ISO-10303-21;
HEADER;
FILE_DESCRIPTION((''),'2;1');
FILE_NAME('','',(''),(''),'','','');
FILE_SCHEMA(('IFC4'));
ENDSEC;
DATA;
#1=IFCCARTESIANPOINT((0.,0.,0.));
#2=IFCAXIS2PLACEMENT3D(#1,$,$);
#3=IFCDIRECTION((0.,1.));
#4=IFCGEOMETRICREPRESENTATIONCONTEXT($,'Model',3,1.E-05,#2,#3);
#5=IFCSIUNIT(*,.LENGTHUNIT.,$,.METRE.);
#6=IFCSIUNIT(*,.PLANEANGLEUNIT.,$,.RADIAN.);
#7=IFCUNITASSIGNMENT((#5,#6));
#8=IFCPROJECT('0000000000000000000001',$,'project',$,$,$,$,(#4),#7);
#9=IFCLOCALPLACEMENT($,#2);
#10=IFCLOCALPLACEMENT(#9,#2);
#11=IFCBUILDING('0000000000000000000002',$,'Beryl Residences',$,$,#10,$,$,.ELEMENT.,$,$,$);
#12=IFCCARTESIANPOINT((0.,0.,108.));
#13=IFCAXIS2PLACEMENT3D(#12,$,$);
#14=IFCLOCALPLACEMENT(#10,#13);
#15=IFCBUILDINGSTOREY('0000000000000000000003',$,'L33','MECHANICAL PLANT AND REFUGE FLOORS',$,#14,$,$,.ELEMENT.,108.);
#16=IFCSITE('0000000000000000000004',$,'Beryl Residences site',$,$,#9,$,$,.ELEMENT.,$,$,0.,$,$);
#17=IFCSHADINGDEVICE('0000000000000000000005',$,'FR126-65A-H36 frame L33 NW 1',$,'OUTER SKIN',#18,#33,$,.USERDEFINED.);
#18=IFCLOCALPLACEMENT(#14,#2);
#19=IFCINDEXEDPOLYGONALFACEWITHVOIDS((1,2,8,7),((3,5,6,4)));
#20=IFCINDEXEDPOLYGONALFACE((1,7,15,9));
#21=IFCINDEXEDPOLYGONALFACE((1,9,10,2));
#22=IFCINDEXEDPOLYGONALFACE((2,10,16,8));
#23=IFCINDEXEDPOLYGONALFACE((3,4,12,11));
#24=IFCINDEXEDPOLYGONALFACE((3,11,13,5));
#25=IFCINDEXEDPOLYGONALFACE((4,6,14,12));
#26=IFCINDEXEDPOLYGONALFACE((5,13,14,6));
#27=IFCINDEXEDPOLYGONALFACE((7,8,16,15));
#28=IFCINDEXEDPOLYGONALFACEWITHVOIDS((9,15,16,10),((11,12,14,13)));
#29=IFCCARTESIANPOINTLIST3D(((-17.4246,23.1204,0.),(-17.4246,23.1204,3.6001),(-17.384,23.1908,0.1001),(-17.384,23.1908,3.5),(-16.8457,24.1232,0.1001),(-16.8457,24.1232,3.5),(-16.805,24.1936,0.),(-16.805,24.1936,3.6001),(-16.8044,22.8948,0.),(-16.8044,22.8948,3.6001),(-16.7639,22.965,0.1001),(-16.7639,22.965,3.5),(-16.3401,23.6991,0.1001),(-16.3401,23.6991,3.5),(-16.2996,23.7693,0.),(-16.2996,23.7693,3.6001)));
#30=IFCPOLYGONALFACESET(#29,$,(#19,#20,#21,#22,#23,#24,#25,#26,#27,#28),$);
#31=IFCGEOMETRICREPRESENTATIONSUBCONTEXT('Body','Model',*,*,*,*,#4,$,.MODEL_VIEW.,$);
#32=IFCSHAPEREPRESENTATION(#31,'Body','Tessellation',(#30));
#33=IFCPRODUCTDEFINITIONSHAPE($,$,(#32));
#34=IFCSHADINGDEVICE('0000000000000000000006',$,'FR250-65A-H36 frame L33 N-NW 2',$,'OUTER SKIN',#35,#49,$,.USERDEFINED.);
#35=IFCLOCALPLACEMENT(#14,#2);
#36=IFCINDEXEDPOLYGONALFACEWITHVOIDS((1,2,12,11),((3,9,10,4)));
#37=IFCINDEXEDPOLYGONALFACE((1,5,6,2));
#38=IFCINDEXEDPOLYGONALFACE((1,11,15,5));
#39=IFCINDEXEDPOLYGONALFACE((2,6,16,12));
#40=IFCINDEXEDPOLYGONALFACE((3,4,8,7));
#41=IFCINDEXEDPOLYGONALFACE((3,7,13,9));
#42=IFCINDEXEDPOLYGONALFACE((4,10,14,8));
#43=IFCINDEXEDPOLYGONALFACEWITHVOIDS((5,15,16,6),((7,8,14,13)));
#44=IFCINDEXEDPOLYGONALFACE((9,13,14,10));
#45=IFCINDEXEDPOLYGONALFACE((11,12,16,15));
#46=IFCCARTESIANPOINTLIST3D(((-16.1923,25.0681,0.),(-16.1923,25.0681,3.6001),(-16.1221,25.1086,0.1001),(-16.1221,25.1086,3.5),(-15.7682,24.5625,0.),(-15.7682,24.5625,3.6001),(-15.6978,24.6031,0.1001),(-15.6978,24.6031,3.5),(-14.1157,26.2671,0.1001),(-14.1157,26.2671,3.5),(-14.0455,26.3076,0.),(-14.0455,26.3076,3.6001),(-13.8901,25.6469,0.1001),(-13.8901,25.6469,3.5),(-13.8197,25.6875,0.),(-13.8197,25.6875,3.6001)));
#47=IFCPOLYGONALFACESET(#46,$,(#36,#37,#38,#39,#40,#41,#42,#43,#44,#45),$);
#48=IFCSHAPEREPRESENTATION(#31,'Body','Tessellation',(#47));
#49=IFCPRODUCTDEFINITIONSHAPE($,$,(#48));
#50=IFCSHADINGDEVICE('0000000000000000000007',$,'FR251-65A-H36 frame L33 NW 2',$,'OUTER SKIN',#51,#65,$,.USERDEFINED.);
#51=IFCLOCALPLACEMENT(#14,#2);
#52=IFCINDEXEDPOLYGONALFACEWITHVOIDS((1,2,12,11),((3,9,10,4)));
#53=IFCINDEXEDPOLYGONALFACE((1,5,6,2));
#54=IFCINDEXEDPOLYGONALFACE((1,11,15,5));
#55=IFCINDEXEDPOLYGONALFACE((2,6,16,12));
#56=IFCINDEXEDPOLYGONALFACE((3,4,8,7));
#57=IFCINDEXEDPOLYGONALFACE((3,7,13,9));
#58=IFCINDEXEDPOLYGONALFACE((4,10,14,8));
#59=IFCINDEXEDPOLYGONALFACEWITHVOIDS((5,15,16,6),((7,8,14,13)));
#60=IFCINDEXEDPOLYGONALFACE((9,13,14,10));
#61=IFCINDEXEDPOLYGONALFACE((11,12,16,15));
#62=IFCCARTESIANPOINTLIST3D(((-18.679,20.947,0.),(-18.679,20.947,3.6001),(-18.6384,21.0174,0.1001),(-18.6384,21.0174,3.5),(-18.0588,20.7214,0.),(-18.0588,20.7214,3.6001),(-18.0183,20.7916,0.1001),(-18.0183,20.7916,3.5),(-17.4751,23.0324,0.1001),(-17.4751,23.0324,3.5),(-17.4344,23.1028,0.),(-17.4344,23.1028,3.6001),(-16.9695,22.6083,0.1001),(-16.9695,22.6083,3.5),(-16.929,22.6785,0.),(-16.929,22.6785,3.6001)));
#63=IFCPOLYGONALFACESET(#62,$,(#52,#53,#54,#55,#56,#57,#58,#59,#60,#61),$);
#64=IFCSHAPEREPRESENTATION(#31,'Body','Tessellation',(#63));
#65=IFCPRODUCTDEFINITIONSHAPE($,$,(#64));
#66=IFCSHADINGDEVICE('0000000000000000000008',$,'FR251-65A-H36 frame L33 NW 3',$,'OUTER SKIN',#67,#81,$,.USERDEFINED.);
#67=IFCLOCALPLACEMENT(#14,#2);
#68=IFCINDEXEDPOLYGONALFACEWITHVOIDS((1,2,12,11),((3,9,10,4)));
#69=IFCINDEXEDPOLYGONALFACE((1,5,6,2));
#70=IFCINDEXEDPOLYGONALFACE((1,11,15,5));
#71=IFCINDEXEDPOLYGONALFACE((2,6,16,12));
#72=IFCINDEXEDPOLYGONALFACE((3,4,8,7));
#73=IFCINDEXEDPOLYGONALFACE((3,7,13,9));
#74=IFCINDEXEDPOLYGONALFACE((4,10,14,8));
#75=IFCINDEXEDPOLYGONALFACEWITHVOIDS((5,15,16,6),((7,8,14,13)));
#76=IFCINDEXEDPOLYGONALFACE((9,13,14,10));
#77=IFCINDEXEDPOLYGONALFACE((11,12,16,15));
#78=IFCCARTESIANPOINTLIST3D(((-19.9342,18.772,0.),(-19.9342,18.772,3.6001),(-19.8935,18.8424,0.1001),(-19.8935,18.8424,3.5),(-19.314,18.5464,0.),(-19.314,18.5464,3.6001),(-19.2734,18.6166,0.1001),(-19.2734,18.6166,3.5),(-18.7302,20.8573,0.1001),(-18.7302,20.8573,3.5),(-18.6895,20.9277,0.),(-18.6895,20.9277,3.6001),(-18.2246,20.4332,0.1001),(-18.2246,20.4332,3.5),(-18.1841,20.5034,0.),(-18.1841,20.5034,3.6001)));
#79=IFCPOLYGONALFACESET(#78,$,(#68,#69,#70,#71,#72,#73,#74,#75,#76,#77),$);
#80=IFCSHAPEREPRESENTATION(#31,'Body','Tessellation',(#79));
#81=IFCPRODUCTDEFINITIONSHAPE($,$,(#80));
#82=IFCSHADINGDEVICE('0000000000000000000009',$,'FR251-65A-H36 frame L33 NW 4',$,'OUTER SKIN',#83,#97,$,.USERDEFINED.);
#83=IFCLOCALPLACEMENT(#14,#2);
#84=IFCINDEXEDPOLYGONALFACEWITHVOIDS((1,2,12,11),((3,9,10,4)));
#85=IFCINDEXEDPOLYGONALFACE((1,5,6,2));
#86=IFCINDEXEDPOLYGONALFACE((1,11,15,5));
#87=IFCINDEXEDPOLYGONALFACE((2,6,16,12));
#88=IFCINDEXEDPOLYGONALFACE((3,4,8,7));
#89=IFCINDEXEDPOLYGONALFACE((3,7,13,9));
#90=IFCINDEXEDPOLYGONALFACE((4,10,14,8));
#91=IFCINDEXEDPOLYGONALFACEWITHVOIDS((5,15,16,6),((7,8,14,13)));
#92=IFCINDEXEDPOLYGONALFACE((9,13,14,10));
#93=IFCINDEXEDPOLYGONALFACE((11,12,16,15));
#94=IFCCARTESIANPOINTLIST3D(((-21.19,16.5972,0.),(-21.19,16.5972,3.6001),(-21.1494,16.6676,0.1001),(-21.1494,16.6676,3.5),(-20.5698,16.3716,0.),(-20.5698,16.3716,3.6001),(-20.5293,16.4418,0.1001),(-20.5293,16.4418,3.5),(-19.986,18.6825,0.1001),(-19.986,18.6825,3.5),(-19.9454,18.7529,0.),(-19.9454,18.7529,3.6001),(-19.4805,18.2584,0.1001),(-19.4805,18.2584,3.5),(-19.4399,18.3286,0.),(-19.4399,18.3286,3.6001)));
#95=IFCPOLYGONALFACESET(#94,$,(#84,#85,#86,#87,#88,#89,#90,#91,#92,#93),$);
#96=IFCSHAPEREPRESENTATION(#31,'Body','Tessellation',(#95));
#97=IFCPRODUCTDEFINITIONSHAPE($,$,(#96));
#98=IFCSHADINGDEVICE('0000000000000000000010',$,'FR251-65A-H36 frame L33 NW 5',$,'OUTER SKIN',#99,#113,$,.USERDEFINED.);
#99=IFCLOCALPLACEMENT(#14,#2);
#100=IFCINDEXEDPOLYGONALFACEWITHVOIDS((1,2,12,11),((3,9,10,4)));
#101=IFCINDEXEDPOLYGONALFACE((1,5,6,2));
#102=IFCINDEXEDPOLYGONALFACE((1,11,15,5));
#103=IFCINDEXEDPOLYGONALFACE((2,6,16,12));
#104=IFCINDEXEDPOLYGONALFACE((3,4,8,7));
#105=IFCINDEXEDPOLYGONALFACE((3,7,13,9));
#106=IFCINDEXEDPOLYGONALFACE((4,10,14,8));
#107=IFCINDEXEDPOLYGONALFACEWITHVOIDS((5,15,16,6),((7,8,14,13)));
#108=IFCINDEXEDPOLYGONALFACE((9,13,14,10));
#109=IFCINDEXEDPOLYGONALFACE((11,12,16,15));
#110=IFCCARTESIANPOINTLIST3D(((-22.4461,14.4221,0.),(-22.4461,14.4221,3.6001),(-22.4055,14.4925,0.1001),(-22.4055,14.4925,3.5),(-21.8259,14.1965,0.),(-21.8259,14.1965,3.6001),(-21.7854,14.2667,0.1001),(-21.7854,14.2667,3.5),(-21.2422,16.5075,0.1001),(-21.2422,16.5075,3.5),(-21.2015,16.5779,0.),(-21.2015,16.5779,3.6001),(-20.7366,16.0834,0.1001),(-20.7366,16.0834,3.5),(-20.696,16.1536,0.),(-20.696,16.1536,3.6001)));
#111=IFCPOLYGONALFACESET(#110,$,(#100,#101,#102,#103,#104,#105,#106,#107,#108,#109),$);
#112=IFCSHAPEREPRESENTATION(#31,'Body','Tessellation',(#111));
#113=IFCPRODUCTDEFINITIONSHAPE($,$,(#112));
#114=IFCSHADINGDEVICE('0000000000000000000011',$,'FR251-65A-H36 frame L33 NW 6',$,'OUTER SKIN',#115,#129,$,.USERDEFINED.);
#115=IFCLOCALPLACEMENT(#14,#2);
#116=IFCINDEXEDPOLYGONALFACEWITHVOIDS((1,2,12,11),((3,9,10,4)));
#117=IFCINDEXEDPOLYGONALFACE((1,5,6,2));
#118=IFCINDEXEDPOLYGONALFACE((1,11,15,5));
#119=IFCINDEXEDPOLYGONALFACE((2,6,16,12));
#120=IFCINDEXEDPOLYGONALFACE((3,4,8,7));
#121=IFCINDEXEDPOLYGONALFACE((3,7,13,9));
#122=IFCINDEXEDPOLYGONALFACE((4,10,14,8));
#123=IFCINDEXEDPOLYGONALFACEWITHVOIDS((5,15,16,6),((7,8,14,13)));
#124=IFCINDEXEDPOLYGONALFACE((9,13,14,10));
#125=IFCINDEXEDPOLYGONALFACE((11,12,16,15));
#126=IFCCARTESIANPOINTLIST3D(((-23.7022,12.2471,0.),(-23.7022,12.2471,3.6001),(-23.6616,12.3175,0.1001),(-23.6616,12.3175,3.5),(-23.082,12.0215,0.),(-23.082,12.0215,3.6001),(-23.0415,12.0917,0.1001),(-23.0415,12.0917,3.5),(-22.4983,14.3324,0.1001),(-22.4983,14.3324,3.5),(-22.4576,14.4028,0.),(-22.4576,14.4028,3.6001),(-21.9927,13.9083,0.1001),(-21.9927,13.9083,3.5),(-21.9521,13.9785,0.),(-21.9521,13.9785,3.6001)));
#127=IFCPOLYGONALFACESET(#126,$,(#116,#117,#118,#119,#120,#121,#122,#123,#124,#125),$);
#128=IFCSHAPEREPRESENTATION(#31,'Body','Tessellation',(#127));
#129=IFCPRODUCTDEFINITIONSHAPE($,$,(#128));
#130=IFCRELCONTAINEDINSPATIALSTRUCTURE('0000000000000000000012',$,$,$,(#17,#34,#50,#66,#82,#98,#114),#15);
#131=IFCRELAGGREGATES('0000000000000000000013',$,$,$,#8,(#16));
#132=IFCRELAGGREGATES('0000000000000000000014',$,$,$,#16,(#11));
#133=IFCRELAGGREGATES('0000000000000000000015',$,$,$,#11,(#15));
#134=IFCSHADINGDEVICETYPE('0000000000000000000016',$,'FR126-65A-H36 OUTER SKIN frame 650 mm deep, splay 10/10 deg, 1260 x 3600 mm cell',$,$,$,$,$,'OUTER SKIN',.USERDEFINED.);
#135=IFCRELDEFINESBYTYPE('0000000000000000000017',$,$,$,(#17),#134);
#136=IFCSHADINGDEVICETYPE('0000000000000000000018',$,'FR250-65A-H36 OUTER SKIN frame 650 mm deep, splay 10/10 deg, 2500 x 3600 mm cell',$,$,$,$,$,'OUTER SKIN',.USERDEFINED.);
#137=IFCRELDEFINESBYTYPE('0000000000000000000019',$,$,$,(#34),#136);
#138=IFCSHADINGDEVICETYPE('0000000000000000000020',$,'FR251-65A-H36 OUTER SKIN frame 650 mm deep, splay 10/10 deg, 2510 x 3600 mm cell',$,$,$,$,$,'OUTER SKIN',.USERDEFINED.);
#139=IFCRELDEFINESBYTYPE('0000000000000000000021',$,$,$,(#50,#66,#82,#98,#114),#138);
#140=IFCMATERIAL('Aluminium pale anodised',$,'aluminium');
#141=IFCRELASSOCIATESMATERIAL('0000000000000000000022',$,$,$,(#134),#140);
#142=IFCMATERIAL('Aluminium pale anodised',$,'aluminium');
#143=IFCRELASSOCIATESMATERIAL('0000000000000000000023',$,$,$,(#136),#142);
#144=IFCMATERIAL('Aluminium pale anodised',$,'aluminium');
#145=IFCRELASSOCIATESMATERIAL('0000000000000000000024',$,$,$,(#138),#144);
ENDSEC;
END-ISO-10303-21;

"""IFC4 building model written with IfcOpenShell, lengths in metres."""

from ifc_helpers import new_model, entity, si_unit, direction, frame, origin, place, context, subcontext, project, spatial, source, transform, mapped, material, type_object, type_shapes, element, save


model = new_model("IFC4")

# Units and contexts
model_context = context("Model", 3, precision=1e-05, world=origin(), true_north=direction((0.0, 1.0)))
body_context = subcontext(model_context, "Body", "Model", "MODEL_VIEW")
ifc_project = project(units=[si_unit("LENGTHUNIT", "METRE"), si_unit("PLANEANGLEUNIT", "RADIAN")], contexts=[model_context])

# Site, building, storey
site_placement = place(None, origin())
site = spatial("IfcSite", under=ifc_project, at=site_placement, Name="Beryl Residences site", CompositionType="ELEMENT", RefElevation=0.0)
building_placement = place(site_placement, origin())
building = spatial("IfcBuilding", under=site, at=building_placement, Name="Beryl Residences", CompositionType="ELEMENT")
storey_placement = place(building_placement, frame((0.0, 0.0, 108.0)))
storey = spatial("IfcBuildingStorey", under=building, at=storey_placement, Name="L33", Description="MECHANICAL PLANT AND REFUGE FLOORS", CompositionType="ELEMENT", Elevation=108.0)

# Shading devices
ifc_material_1 = material(Name="Aluminium pale anodised", Category="aluminium")
shading_device_type_1 = type_object("IfcShadingDeviceType", Name="FR126-65A-H36 OUTER SKIN frame 650 mm deep, splay 10/10 deg, 1260 x 3600 mm cell", ElementType="OUTER SKIN", PredefinedType="USERDEFINED", material=ifc_material_1)
cartesian_point_1 = entity("IfcCartesianPoint", [-0.5049, 0.0])
cartesian_point_2 = entity("IfcCartesianPoint", [-0.4238, 0.1001])
cartesian_point_3 = entity("IfcCartesianPoint", [-0.6196, 0.0])
cartesian_point_4 = entity("IfcCartesianPoint", [-0.5383, 0.1001])
shared_shape_1 = source(origin(), body_context, "Body", "SweptSolid", [
    entity("IfcExtrudedAreaSolidTapered", entity("IfcArbitraryProfileDefWithVoids", "AREA", None, entity("IfcPolyline", [cartesian_point_1, entity("IfcCartesianPoint", [0.5049, 0.0]), entity("IfcCartesianPoint", [0.5049, 3.6001]), entity("IfcCartesianPoint", [-0.5049, 3.6001]), cartesian_point_1]), [entity("IfcPolyline", [cartesian_point_2, entity("IfcCartesianPoint", [0.4238, 0.1001]), entity("IfcCartesianPoint", [0.4238, 3.5]), entity("IfcCartesianPoint", [-0.4238, 3.5]), cartesian_point_2])]), entity("IfcAxis2Placement3D", entity("IfcCartesianPoint", [0.0, 0.0, 0.0]), entity("IfcDirection", [0.0, 1.0, 0.0]), entity("IfcDirection", [-1.0, 0.0, 0.0])), entity("IfcDirection", [0.0, 0.0, 1.0]), 0.6499, entity("IfcArbitraryProfileDefWithVoids", "AREA", None, entity("IfcPolyline", [cartesian_point_3, entity("IfcCartesianPoint", [0.6196, 0.0]), entity("IfcCartesianPoint", [0.6196, 3.6001]), entity("IfcCartesianPoint", [-0.6196, 3.6001]), cartesian_point_3]), [entity("IfcPolyline", [cartesian_point_4, entity("IfcCartesianPoint", [0.5383, 0.1001]), entity("IfcCartesianPoint", [0.5383, 3.5]), entity("IfcCartesianPoint", [-0.5383, 3.5]), cartesian_point_4])])),
])
type_shapes(shading_device_type_1, [shared_shape_1])
shading_device_1_placement = place(storey_placement, frame((-16.552, 23.332, 0.0), z_axis=(0.0, 0.0, 1.0), x_axis=(0.5, 0.866025, 0.0)))
element("IfcShadingDevice", 1, at=shading_device_1_placement, inside=storey, type_object=shading_device_type_1, Name="FR126-65A-H36 frame L33 NW 1", ObjectType="OUTER SKIN", PredefinedType="USERDEFINED", context=body_context, shape_type="MappedRepresentation", body=[
    mapped(shared_shape_1, transform((0.0, 0.0, 0.0))),
])
ifc_material_2 = material(Name="Aluminium pale anodised", Category="aluminium")
shading_device_type_2 = type_object("IfcShadingDeviceType", Name="FR250-65A-H36 OUTER SKIN frame 650 mm deep, splay 10/10 deg, 2500 x 3600 mm cell", ElementType="OUTER SKIN", PredefinedType="USERDEFINED", material=ifc_material_2)
cartesian_point_5 = entity("IfcCartesianPoint", [-1.125, 0.0])
cartesian_point_6 = entity("IfcCartesianPoint", [-1.0437, 0.1001])
cartesian_point_7 = entity("IfcCartesianPoint", [-1.2395, 0.0])
cartesian_point_8 = entity("IfcCartesianPoint", [-1.1584, 0.1001])
shared_shape_2 = source(origin(), body_context, "Body", "SweptSolid", [
    entity("IfcExtrudedAreaSolidTapered", entity("IfcArbitraryProfileDefWithVoids", "AREA", None, entity("IfcPolyline", [cartesian_point_5, entity("IfcCartesianPoint", [1.125, 0.0]), entity("IfcCartesianPoint", [1.125, 3.6001]), entity("IfcCartesianPoint", [-1.125, 3.6001]), cartesian_point_5]), [entity("IfcPolyline", [cartesian_point_6, entity("IfcCartesianPoint", [1.0437, 0.1001]), entity("IfcCartesianPoint", [1.0437, 3.5]), entity("IfcCartesianPoint", [-1.0437, 3.5]), cartesian_point_6])]), entity("IfcAxis2Placement3D", entity("IfcCartesianPoint", [0.0, 0.0, 0.0]), entity("IfcDirection", [0.0, 1.0, 0.0]), entity("IfcDirection", [-1.0, 0.0, 0.0])), entity("IfcDirection", [0.0, 0.0, 1.0]), 0.6499, entity("IfcArbitraryProfileDefWithVoids", "AREA", None, entity("IfcPolyline", [cartesian_point_7, entity("IfcCartesianPoint", [1.2395, 0.0]), entity("IfcCartesianPoint", [1.2395, 3.6001]), entity("IfcCartesianPoint", [-1.2395, 3.6001]), cartesian_point_7]), [entity("IfcPolyline", [cartesian_point_8, entity("IfcCartesianPoint", [1.1584, 0.1001]), entity("IfcCartesianPoint", [1.1584, 3.5]), entity("IfcCartesianPoint", [-1.1584, 3.5]), cartesian_point_8])])),
])
type_shapes(shading_device_type_2, [shared_shape_2])
shading_device_2_placement = place(storey_placement, frame((-14.7939, 25.125, 0.0), z_axis=(0.0, 0.0, 1.0), x_axis=(0.866025, 0.5, 0.0)))
element("IfcShadingDevice", 2, at=shading_device_2_placement, inside=storey, type_object=shading_device_type_2, Name="FR250-65A-H36 frame L33 N-NW 2", ObjectType="OUTER SKIN", PredefinedType="USERDEFINED", context=body_context, shape_type="MappedRepresentation", body=[
    mapped(shared_shape_2, transform((0.0, 0.0, 0.0))),
])
ifc_material_3 = material(Name="Aluminium pale anodised", Category="aluminium")
shading_device_type_3 = type_object("IfcShadingDeviceType", Name="FR251-65A-H36 OUTER SKIN frame 650 mm deep, splay 10/10 deg, 2510 x 3600 mm cell", ElementType="OUTER SKIN", PredefinedType="USERDEFINED", material=ifc_material_3)
cartesian_point_9 = entity("IfcCartesianPoint", [-1.1299, 0.0])
cartesian_point_10 = entity("IfcCartesianPoint", [-1.0488, 0.1001])
cartesian_point_11 = entity("IfcCartesianPoint", [-1.2446, 0.0])
cartesian_point_12 = entity("IfcCartesianPoint", [-1.1633, 0.1001])
shared_shape_3 = source(origin(), body_context, "Body", "SweptSolid", [
    entity("IfcExtrudedAreaSolidTapered", entity("IfcArbitraryProfileDefWithVoids", "AREA", None, entity("IfcPolyline", [cartesian_point_9, entity("IfcCartesianPoint", [1.1299, 0.0]), entity("IfcCartesianPoint", [1.1299, 3.6001]), entity("IfcCartesianPoint", [-1.1299, 3.6001]), cartesian_point_9]), [entity("IfcPolyline", [cartesian_point_10, entity("IfcCartesianPoint", [1.0488, 0.1001]), entity("IfcCartesianPoint", [1.0488, 3.5]), entity("IfcCartesianPoint", [-1.0488, 3.5]), cartesian_point_10])]), entity("IfcAxis2Placement3D", entity("IfcCartesianPoint", [0.0, 0.0, 0.0]), entity("IfcDirection", [0.0, 1.0, 0.0]), entity("IfcDirection", [-1.0, 0.0, 0.0])), entity("IfcDirection", [0.0, 0.0, 1.0]), 0.6499, entity("IfcArbitraryProfileDefWithVoids", "AREA", None, entity("IfcPolyline", [cartesian_point_11, entity("IfcCartesianPoint", [1.2446, 0.0]), entity("IfcCartesianPoint", [1.2446, 3.6001]), entity("IfcCartesianPoint", [-1.2446, 3.6001]), cartesian_point_11]), [entity("IfcPolyline", [cartesian_point_12, entity("IfcCartesianPoint", [1.1633, 0.1001]), entity("IfcCartesianPoint", [1.1633, 3.5]), entity("IfcCartesianPoint", [-1.1633, 3.5]), cartesian_point_12])])),
])
type_shapes(shading_device_type_3, [shared_shape_3])
for number, where, z_axis, x_axis, name in (
    (3, (-17.4939, 21.7, 0.0), (0.0, 0.0, 1.0), (0.5, 0.866025, 0.0), "FR251-65A-H36 frame L33 NW 2"),
    (4, (-18.749, 19.5249, 0.0), (0.0, 0.0, 1.0), (0.5, 0.866025, 0.0), "FR251-65A-H36 frame L33 NW 3"),
    (5, (-20.0049, 17.3501, 0.0), (0.0, 0.0, 1.0), (0.5, 0.866025, 0.0), "FR251-65A-H36 frame L33 NW 4"),
    (6, (-21.261, 15.175, 0.0), (0.0, 0.0, 1.0), (0.5, 0.866025, 0.0), "FR251-65A-H36 frame L33 NW 5"),
    (7, (-22.5171, 13.0, 0.0), (0.0, 0.0, 1.0), (0.5, 0.866025, 0.0), "FR251-65A-H36 frame L33 NW 6"),
):
    element("IfcShadingDevice", number, at=place(storey_placement, frame(where, z_axis=z_axis, x_axis=x_axis)), inside=storey, type_object=shading_device_type_3, Name=name, ObjectType="OUTER SKIN", PredefinedType="USERDEFINED", context=body_context, shape_type="MappedRepresentation", body=[
        mapped(shared_shape_3, transform((0.0, 0.0, 0.0))),
    ])

save(model, "model.ifc")
